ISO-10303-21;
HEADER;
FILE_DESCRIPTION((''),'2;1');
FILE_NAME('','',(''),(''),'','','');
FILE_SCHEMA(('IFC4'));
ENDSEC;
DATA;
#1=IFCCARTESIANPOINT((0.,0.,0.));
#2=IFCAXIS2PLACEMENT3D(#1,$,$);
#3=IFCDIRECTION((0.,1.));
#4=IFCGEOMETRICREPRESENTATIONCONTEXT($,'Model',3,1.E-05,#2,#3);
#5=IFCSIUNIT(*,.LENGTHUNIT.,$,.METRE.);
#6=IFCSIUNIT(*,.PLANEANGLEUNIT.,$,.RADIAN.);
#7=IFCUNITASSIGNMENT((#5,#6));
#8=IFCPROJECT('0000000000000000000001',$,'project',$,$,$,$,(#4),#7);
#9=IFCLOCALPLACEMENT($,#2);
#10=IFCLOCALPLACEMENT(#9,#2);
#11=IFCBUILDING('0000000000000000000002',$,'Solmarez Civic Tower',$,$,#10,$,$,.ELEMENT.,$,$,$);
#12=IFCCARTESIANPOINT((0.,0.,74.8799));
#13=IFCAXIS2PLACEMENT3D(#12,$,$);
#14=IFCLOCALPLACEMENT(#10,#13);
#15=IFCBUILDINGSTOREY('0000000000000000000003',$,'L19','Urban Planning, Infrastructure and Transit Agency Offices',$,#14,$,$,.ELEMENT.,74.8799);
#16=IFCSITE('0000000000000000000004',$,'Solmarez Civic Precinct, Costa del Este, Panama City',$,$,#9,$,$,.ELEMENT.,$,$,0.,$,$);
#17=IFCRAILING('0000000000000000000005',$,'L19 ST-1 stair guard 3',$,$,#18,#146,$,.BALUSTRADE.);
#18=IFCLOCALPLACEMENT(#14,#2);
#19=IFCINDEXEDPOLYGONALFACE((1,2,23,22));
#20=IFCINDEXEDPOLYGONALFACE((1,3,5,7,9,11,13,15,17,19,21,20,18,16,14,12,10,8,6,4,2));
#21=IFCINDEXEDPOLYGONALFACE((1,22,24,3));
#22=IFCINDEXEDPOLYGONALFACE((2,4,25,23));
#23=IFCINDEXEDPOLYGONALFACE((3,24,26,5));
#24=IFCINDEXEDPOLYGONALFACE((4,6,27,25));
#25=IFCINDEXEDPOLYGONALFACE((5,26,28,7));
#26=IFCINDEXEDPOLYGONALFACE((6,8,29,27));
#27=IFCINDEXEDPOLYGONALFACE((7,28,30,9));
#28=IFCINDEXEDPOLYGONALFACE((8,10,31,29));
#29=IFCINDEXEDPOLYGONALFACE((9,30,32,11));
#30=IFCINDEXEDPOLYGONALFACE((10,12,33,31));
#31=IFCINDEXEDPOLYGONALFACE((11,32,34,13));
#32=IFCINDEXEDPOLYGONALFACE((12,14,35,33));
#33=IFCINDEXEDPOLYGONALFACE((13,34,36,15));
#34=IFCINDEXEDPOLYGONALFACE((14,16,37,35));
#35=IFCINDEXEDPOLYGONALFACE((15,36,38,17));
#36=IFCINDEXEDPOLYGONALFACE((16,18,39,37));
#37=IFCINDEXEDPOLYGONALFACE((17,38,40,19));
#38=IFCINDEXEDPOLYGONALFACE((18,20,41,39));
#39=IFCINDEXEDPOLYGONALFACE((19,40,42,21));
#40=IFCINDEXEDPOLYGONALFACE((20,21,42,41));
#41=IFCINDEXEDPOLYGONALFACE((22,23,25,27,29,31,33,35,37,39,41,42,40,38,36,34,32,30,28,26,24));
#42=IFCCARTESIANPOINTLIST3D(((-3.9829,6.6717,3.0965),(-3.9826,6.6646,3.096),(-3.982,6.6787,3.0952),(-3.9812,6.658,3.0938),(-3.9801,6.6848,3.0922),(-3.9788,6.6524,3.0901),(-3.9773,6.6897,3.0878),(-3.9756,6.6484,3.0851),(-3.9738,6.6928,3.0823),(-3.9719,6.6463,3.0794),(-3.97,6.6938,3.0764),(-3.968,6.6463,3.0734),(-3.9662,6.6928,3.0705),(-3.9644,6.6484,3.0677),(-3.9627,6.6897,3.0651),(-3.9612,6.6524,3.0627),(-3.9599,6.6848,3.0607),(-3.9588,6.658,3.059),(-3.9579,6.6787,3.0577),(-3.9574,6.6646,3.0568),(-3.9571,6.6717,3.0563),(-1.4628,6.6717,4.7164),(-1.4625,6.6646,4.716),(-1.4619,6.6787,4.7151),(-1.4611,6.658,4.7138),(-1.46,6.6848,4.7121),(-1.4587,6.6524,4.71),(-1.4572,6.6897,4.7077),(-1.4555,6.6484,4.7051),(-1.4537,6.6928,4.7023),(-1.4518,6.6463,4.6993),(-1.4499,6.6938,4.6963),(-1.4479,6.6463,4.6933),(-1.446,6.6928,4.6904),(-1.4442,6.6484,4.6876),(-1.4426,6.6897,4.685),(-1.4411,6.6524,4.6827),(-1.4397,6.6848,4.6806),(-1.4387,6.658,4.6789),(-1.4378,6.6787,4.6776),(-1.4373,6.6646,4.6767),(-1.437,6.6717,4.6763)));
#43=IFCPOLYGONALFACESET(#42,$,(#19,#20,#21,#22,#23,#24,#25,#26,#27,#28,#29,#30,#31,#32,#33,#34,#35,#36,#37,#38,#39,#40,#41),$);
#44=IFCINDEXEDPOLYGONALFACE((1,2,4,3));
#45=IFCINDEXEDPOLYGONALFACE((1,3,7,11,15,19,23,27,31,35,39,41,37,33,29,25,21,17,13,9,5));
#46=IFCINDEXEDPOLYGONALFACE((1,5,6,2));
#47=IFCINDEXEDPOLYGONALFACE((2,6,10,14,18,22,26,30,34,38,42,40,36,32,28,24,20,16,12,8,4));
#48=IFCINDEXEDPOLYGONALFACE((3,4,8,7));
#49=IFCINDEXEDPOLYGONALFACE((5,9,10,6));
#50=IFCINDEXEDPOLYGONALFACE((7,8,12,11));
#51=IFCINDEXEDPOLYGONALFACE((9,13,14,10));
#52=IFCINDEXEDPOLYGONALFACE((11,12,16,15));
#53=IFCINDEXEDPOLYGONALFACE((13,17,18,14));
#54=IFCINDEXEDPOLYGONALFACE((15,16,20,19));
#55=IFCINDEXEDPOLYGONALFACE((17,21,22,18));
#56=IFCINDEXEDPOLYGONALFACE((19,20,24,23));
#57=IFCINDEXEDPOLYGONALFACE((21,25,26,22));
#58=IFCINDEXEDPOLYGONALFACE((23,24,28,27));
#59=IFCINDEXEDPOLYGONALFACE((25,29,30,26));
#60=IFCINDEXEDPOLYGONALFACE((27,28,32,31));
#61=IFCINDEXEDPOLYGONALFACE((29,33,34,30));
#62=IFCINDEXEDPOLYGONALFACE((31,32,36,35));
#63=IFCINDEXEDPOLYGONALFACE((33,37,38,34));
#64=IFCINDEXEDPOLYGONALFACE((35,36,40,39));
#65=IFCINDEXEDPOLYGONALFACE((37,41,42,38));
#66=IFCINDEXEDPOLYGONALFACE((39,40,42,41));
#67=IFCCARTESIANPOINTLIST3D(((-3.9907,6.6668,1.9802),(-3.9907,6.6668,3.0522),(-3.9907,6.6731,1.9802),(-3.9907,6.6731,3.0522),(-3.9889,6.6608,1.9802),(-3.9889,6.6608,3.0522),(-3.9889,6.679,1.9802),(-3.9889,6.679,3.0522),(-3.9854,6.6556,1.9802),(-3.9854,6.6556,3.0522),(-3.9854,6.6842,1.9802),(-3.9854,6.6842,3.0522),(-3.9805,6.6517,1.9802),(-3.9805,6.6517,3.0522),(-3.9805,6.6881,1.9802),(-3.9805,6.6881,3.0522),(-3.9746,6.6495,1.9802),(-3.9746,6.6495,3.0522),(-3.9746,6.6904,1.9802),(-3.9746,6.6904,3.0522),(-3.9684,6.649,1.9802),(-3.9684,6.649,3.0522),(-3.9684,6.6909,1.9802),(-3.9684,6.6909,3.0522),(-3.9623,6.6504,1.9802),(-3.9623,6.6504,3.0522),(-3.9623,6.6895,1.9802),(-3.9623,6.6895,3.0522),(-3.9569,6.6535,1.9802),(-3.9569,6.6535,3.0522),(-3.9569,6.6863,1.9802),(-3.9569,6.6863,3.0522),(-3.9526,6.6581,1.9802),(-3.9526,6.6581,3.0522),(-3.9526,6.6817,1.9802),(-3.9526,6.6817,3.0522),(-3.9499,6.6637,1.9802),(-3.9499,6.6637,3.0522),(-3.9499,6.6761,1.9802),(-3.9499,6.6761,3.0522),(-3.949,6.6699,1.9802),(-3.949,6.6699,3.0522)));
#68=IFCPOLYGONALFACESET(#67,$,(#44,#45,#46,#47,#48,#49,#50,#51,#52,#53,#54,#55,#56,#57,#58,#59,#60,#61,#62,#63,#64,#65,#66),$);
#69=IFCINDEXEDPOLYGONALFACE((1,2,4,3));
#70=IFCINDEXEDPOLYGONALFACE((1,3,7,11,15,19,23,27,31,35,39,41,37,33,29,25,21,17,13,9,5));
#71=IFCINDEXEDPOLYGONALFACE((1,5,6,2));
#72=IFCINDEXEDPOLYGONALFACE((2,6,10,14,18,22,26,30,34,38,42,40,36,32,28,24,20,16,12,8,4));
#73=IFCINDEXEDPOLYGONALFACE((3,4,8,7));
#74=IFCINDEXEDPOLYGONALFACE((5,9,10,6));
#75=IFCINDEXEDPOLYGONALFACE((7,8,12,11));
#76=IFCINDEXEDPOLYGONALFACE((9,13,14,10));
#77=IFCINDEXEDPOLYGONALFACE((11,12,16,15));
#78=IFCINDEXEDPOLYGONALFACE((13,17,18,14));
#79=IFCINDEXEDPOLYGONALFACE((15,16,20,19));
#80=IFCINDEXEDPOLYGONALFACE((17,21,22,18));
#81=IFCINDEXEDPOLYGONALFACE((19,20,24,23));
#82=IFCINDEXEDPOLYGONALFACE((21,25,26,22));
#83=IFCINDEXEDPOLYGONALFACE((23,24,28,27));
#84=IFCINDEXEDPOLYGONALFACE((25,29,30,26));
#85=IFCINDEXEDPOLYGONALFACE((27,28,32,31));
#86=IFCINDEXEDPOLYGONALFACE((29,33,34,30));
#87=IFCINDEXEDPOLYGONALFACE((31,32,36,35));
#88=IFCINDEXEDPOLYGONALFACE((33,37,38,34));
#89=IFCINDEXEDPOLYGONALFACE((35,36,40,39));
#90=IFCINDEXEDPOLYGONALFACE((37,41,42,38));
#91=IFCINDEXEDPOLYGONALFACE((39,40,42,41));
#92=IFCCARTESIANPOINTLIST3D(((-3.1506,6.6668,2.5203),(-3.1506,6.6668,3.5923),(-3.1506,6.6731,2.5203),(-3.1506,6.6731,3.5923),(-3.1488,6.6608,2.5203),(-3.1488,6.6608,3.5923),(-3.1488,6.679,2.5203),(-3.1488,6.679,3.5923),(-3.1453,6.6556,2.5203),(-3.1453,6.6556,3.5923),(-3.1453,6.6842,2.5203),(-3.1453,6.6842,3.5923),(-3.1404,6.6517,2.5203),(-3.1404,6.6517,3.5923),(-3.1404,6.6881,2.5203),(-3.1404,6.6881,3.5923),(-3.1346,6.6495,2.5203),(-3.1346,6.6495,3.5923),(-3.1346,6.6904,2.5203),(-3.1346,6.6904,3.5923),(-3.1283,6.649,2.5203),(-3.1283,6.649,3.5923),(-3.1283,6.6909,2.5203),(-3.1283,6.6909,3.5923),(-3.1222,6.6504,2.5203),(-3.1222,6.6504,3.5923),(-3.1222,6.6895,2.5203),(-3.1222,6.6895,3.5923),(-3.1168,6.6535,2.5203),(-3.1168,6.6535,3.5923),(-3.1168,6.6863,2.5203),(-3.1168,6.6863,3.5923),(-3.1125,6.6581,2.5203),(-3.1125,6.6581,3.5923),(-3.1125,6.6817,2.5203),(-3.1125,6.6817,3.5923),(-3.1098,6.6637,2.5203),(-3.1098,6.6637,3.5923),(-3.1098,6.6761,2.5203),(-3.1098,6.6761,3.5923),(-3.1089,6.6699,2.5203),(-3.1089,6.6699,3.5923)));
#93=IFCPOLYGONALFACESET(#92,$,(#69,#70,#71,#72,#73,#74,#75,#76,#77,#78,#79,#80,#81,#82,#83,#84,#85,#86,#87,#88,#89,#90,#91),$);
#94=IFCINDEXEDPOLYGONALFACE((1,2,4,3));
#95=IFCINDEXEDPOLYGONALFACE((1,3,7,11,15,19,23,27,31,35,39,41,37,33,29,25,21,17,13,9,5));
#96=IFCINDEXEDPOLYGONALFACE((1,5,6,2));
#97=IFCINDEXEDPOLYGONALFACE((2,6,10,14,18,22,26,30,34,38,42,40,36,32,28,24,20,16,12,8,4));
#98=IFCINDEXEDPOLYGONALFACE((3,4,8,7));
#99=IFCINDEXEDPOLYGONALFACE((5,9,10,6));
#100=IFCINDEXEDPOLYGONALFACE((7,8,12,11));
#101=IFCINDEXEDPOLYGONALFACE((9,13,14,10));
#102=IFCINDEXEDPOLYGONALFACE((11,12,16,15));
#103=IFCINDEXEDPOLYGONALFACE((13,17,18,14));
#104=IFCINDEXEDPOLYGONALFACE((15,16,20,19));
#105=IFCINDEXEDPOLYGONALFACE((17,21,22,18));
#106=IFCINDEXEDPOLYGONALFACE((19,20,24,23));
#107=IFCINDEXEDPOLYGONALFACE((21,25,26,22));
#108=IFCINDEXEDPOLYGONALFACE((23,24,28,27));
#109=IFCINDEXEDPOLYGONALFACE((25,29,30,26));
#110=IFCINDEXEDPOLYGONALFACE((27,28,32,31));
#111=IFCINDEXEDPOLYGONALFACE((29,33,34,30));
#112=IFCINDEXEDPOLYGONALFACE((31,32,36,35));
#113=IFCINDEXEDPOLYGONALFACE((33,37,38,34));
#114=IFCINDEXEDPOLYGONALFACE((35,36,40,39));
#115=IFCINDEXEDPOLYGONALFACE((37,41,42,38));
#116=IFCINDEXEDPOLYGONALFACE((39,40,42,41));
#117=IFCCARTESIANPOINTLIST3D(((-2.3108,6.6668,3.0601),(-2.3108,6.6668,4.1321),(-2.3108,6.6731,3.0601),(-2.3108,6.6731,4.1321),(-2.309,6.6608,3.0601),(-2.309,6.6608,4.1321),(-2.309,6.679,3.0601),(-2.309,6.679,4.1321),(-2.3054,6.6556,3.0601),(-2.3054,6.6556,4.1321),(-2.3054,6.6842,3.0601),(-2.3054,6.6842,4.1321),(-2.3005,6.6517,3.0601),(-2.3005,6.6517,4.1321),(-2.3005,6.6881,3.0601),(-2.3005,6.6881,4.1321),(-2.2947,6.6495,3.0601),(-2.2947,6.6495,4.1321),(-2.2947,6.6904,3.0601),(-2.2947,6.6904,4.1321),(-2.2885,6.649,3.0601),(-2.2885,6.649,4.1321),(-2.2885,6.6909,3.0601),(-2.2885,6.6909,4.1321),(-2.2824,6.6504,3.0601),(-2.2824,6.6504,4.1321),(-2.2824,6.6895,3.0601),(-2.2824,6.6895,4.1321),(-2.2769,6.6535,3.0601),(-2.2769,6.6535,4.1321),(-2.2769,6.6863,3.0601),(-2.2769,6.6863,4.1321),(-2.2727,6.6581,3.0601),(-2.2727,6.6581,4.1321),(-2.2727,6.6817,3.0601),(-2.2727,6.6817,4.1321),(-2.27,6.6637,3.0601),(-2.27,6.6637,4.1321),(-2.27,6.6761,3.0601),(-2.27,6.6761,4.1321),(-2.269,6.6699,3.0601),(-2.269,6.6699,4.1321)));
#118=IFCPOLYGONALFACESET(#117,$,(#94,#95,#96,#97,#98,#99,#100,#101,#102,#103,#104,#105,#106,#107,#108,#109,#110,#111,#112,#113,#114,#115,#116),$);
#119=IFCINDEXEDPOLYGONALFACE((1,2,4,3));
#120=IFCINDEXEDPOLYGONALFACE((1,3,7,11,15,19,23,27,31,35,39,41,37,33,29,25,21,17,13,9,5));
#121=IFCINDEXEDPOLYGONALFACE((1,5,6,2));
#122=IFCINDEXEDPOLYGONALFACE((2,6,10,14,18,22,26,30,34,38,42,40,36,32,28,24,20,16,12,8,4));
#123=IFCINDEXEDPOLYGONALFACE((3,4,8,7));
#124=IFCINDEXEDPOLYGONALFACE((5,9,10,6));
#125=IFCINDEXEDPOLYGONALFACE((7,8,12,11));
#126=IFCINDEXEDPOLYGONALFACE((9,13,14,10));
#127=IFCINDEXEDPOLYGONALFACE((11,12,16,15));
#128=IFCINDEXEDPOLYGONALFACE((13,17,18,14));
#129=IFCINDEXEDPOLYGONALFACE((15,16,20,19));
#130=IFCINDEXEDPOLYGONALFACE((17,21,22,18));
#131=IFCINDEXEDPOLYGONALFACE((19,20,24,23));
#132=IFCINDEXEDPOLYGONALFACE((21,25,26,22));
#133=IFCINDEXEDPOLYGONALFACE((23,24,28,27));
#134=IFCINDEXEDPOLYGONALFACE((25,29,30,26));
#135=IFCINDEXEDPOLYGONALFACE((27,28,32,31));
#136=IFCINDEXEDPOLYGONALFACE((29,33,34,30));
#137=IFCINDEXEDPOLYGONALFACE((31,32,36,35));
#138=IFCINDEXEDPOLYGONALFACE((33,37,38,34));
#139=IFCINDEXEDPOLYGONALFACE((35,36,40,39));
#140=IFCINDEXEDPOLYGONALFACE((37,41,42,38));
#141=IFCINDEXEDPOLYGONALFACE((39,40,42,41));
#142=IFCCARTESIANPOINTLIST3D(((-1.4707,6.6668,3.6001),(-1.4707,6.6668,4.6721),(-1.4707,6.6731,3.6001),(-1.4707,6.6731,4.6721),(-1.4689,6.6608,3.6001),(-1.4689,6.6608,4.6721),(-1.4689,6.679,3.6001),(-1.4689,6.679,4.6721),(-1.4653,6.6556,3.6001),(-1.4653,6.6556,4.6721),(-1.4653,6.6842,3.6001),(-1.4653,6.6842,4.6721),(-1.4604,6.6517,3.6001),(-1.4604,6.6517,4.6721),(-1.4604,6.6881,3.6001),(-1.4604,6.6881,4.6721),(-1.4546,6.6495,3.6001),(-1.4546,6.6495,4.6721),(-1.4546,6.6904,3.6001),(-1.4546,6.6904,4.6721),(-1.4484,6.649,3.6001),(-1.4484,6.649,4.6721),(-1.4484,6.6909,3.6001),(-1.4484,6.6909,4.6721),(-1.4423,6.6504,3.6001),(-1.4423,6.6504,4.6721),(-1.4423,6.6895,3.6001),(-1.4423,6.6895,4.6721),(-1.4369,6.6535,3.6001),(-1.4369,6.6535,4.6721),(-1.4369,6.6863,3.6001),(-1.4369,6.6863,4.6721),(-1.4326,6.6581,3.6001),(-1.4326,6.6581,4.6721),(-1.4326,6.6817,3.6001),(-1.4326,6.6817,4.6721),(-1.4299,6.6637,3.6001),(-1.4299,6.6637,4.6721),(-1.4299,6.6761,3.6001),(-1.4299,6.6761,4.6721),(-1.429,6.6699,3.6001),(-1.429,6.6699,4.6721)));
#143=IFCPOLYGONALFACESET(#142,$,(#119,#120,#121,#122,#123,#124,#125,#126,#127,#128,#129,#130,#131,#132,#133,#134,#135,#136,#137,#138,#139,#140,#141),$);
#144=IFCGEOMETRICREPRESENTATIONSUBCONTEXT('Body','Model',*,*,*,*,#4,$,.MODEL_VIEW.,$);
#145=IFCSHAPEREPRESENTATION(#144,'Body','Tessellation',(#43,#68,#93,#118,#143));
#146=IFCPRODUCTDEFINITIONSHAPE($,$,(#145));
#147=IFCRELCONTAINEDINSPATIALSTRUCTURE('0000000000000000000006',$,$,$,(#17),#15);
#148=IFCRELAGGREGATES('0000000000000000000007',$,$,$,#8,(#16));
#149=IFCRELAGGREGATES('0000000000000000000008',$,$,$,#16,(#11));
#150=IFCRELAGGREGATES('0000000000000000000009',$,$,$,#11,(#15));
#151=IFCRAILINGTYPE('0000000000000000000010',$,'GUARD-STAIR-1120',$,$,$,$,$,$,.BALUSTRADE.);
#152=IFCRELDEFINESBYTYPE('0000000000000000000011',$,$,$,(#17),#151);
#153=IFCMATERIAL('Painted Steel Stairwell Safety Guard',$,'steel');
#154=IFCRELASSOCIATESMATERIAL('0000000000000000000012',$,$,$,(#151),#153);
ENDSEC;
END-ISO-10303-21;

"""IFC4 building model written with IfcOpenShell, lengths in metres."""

from ifc_helpers import new_model, si_unit, direction, frame, origin, origin_2d, place, context, subcontext, project, spatial, circle, extrude, material, type_object, element, save


model = new_model("IFC4")

# Units and contexts
model_context = context("Model", 3, precision=1e-05, world=origin(), true_north=direction((0.0, 1.0)))
body_context = subcontext(model_context, "Body", "Model", "MODEL_VIEW")
ifc_project = project(units=[si_unit("LENGTHUNIT", "METRE"), si_unit("PLANEANGLEUNIT", "RADIAN")], contexts=[model_context])

# Site, building, storey
site_placement = place(None, origin())
site = spatial("IfcSite", under=ifc_project, at=site_placement, Name="Solmarez Civic Precinct, Costa del Este, Panama City", CompositionType="ELEMENT", RefElevation=0.0)
building_placement = place(site_placement, origin())
building = spatial("IfcBuilding", under=site, at=building_placement, Name="Solmarez Civic Tower", CompositionType="ELEMENT")
storey_placement = place(building_placement, frame((0.0, 0.0, 74.8799)))
storey = spatial("IfcBuildingStorey", under=building, at=storey_placement, Name="L19", Description="Urban Planning, Infrastructure and Transit Agency Offices", CompositionType="ELEMENT", Elevation=74.8799)

# Railing
ifc_material_1 = material(Name="Painted Steel Stairwell Safety Guard", Category="steel")
railing_type_1 = type_object("IfcRailingType", Name="GUARD-STAIR-1120", PredefinedType="BALUSTRADE", material=ifc_material_1)
railing_1_placement = place(storey_placement, frame((-3.97, 6.6699, 1.9802)))
element("IfcRailing", 1, at=railing_1_placement, inside=storey, type_object=railing_type_1, Name="L19 ST-1 stair guard 3", PredefinedType="BALUSTRADE", context=body_context, shape_type="SweptSolid", body=[
    extrude(circle(Radius=0.0239, at=origin_2d()), frame((0.0, 0.0, 1.0962), z_axis=(0.8412, 0.0, 0.540725), x_axis=(0.0, 1.0, 0.0)), (0.0, 0.0, 1.0), 2.9958),
    extrude(circle(Radius=0.021, at=origin_2d()), origin(), (0.0, 0.0, 1.0), 1.072),
    extrude(circle(Radius=0.021, at=origin_2d()), frame((0.8401, 0.0, 0.54)), (0.0, 0.0, 1.0), 1.072),
    extrude(circle(Radius=0.021, at=origin_2d()), frame((1.6799, 0.0, 1.0798)), (0.0, 0.0, 1.0), 1.072),
    extrude(circle(Radius=0.021, at=origin_2d()), frame((2.52, 0.0, 1.6199)), (0.0, 0.0, 1.0), 1.072),
])

save(model, "model.ifc")
